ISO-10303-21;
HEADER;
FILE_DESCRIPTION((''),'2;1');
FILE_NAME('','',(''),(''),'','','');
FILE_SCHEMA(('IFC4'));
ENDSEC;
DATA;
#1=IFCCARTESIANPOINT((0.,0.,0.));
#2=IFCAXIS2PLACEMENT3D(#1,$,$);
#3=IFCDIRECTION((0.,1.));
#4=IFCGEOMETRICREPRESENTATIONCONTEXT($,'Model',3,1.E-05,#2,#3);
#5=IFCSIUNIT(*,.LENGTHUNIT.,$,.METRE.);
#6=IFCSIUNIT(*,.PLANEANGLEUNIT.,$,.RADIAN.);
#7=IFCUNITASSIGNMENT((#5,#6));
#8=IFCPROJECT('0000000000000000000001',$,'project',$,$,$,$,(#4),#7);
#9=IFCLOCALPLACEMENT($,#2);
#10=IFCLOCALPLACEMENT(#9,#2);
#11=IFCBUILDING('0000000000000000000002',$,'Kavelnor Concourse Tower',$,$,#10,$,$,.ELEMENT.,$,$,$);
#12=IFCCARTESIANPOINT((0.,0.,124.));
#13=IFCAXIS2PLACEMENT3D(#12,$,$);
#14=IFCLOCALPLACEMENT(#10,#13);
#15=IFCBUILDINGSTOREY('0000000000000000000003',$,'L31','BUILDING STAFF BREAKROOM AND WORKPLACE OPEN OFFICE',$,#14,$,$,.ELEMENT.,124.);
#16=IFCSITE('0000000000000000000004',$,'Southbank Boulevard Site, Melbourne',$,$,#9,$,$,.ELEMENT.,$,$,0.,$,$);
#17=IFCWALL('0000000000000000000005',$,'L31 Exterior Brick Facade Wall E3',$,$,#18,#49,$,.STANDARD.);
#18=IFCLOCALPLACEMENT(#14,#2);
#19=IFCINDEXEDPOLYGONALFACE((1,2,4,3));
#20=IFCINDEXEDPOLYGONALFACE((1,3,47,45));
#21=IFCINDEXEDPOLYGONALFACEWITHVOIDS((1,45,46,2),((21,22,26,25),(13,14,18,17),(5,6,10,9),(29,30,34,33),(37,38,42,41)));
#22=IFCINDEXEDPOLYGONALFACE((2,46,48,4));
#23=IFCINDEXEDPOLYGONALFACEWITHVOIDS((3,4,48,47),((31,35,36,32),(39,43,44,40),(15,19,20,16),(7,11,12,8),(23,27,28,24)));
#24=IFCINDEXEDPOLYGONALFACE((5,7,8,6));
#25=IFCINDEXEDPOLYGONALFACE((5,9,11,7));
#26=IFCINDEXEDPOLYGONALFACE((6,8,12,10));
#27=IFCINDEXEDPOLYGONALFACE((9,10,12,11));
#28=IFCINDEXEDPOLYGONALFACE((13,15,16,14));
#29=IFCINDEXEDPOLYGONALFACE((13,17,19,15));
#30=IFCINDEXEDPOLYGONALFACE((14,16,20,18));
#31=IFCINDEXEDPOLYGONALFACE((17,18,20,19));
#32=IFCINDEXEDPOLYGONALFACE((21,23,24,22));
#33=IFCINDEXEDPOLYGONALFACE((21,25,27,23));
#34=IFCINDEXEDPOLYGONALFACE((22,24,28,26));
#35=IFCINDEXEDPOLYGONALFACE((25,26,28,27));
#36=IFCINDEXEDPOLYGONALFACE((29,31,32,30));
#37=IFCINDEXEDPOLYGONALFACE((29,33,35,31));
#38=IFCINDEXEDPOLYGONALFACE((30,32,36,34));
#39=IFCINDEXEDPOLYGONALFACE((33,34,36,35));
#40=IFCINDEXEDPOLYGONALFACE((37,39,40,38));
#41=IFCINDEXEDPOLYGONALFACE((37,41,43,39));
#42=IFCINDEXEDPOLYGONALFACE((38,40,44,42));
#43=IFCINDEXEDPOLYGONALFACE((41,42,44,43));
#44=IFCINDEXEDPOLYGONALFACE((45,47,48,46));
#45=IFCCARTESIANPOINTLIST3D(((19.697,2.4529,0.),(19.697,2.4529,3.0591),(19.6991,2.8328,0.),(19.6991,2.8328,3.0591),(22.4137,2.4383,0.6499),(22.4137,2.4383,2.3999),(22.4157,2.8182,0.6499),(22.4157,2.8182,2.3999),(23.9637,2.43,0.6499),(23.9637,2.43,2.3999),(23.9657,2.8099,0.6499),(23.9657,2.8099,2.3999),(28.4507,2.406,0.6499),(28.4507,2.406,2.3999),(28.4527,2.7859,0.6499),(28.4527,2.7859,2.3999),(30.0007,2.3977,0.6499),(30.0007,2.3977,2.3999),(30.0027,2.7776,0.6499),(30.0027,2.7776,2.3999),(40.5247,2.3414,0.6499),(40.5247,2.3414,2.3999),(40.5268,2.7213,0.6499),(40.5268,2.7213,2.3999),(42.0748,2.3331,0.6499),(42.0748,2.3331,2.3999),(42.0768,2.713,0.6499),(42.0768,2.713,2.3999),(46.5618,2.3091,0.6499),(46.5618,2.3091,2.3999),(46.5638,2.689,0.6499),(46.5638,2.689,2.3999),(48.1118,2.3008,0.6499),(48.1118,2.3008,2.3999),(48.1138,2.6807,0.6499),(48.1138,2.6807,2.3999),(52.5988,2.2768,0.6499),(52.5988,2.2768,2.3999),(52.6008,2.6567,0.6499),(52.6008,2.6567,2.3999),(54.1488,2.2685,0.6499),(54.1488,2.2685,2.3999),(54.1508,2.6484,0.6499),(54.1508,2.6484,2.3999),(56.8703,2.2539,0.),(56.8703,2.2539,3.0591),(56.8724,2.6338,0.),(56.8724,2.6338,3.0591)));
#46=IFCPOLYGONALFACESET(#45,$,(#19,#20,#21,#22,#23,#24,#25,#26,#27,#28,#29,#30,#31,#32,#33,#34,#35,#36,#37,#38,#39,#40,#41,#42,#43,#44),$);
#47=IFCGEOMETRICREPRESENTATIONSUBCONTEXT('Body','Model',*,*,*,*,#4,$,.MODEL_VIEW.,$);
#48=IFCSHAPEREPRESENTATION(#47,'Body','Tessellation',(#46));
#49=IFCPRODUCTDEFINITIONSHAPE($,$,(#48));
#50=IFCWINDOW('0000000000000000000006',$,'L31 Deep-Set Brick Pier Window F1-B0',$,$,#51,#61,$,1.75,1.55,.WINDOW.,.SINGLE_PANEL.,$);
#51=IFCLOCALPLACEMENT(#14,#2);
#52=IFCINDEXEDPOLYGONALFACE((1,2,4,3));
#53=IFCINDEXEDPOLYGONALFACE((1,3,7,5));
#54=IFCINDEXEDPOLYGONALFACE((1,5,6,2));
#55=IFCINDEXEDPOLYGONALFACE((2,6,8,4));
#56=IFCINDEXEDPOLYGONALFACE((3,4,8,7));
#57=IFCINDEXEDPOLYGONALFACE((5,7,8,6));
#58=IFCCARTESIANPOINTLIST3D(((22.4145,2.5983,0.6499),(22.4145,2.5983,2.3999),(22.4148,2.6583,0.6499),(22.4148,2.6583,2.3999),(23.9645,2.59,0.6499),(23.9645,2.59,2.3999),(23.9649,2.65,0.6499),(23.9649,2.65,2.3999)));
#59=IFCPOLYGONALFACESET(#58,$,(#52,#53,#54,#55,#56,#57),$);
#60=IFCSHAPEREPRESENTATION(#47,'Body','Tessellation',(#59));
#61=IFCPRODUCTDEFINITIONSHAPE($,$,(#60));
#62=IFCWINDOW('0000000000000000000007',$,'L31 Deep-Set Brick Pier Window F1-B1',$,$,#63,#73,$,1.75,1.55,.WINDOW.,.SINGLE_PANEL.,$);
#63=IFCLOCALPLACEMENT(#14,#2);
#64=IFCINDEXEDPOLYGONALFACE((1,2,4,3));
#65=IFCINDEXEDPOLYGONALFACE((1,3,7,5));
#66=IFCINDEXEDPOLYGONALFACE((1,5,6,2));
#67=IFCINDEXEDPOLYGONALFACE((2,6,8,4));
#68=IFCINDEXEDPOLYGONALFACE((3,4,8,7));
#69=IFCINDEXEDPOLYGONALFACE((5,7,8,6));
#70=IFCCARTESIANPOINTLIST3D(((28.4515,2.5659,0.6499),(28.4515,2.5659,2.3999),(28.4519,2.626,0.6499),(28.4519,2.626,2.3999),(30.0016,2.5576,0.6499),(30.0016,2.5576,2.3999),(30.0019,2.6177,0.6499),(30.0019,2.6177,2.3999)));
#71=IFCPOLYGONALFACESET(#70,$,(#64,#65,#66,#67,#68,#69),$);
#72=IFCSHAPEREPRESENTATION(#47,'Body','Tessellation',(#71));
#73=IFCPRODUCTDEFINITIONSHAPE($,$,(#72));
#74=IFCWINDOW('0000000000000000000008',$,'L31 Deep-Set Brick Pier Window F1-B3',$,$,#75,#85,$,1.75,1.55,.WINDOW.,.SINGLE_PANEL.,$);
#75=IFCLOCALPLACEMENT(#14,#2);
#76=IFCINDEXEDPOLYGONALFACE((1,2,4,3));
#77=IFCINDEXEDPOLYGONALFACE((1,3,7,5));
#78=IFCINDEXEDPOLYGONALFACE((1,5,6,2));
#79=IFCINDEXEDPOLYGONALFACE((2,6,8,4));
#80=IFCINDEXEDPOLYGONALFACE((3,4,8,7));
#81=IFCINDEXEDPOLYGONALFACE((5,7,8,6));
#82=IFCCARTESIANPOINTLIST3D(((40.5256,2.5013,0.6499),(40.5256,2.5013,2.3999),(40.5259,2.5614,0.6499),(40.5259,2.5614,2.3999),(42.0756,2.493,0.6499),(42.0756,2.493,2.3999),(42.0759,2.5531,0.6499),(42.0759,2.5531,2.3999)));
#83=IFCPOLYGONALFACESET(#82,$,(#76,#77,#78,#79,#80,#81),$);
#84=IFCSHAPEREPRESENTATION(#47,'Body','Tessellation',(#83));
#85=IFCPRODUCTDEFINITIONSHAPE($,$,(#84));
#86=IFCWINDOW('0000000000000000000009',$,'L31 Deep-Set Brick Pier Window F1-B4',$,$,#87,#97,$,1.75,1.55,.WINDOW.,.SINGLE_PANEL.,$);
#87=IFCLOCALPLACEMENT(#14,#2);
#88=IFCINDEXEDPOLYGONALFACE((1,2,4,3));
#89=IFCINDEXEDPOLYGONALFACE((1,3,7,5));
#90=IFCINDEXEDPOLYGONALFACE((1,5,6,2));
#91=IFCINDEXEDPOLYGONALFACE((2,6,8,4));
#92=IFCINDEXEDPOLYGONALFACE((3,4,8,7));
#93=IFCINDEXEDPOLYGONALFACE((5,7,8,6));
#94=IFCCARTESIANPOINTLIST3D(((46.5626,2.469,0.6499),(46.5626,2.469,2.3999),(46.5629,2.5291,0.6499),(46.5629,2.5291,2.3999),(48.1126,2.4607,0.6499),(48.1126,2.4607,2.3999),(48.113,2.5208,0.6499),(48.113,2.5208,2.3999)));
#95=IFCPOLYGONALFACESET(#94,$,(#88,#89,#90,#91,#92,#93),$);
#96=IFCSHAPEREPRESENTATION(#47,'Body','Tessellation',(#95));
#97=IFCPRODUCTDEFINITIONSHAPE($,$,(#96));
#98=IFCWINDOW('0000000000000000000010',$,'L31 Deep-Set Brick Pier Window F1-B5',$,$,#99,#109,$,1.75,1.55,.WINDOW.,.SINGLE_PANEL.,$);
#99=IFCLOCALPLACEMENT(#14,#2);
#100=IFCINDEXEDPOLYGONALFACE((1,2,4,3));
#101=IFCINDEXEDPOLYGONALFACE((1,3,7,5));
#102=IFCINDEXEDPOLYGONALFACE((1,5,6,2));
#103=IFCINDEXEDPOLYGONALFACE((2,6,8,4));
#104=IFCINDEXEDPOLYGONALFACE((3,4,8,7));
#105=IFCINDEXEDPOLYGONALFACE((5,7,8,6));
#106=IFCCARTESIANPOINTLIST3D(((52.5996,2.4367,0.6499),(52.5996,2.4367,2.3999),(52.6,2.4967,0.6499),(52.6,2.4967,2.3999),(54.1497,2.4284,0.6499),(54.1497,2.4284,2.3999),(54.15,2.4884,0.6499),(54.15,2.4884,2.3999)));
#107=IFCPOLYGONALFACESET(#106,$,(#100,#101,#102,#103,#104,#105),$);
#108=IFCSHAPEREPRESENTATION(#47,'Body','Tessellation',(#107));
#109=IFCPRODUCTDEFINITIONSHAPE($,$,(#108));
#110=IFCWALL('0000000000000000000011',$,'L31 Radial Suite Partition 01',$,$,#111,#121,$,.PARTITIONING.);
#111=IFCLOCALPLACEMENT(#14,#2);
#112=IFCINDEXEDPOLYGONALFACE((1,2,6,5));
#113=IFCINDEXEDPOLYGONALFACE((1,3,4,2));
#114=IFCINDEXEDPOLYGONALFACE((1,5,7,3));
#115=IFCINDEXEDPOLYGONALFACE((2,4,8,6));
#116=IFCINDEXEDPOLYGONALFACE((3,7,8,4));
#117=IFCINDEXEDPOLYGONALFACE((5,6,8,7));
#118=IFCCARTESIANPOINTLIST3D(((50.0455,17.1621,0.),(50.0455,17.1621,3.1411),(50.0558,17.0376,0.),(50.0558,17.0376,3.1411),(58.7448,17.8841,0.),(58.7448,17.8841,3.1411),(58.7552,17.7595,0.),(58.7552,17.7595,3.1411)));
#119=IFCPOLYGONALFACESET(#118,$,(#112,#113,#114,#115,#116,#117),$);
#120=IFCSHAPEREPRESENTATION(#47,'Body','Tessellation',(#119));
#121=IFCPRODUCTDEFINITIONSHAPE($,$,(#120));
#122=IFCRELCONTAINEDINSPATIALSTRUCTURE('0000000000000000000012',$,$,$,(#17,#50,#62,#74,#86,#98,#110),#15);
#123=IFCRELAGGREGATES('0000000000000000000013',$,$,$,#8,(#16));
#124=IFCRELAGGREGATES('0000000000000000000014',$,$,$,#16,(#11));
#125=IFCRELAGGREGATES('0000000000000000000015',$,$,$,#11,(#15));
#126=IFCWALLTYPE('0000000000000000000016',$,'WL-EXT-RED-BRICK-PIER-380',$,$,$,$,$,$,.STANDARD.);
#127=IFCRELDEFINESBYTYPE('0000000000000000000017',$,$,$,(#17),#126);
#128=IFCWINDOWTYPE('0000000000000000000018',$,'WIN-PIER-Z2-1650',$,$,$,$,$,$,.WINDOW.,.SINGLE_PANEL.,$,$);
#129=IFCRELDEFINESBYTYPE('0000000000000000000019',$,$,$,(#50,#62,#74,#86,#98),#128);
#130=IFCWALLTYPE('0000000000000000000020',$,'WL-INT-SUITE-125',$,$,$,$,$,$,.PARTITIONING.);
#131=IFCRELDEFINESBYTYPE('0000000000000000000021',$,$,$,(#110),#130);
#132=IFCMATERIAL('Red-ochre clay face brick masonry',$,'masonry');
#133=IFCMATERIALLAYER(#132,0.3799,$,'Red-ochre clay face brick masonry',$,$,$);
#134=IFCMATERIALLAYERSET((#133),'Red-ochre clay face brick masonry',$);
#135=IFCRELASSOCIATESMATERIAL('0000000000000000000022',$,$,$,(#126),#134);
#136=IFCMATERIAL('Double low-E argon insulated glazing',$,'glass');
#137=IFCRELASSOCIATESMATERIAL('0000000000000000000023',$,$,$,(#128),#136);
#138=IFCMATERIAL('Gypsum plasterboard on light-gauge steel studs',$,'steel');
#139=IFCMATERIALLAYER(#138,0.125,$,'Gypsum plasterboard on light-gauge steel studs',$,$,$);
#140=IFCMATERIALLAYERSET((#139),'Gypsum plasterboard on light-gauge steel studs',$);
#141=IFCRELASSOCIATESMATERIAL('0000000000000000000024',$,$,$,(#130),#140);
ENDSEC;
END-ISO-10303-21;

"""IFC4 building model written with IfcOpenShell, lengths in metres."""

from ifc_helpers import new_model, si_unit, direction, frame, frame_2d, origin, place, context, subcontext, project, spatial, rectangle, extrude, material, layer, layer_set, type_object, element, fill, save


model = new_model("IFC4")

# Units and contexts
model_context = context("Model", 3, precision=1e-05, world=origin(), true_north=direction((0.0, 1.0)))
body_context = subcontext(model_context, "Body", "Model", "MODEL_VIEW")
ifc_project = project(units=[si_unit("LENGTHUNIT", "METRE"), si_unit("PLANEANGLEUNIT", "RADIAN")], contexts=[model_context])

# Site, building, storey
site_placement = place(None, origin())
site = spatial("IfcSite", under=ifc_project, at=site_placement, Name="Southbank Boulevard Site, Melbourne", CompositionType="ELEMENT", RefElevation=0.0)
building_placement = place(site_placement, origin())
building = spatial("IfcBuilding", under=site, at=building_placement, Name="Kavelnor Concourse Tower", CompositionType="ELEMENT")
storey_placement = place(building_placement, frame((0.0, 0.0, 124.0)))
storey = spatial("IfcBuildingStorey", under=building, at=storey_placement, Name="L31", Description="BUILDING STAFF BREAKROOM AND WORKPLACE OPEN OFFICE", CompositionType="ELEMENT", Elevation=124.0)

# Shared definitions
ifc_material_1 = material(Name="Double low-E argon insulated glazing", Category="glass")

# Wall, openings, windows
ifc_material_2 = material(Name="Red-ochre clay face brick masonry", Category="masonry")
ifc_layer_1 = layer(ifc_material_2, 0.3799, Name="Red-ochre clay face brick masonry")
ifc_layer_set_1 = layer_set([ifc_layer_1], Name="Red-ochre clay face brick masonry")
wall_type_1 = type_object("IfcWallType", Name="WL-EXT-RED-BRICK-PIER-380", PredefinedType="STANDARD", material=ifc_layer_set_1)
wall_1_placement = place(storey_placement, frame((56.8713, 2.4438, 0.0), z_axis=(0.0, 0.0, 1.0), x_axis=(-0.999986, 0.005353, 0.0)))
wall_1 = element("IfcWall", 1, at=wall_1_placement, inside=storey, type_object=wall_type_1, Name="L31 Exterior Brick Facade Wall E3", PredefinedType="STANDARD", context=body_context, shape_type="SweptSolid", body=[
    extrude(rectangle(XDim=37.1738, YDim=0.3799, at=frame_2d((18.5869, 0.0))), origin(), (0.0, 0.0, 1.0), 3.0591),
])
opening_1_placement = place(wall_1_placement, frame((32.9072, 0.0, 0.6499)))
opening_1 = element("IfcOpeningElement", 2, at=opening_1_placement, cuts=wall_1, PredefinedType="OPENING", context=body_context, shape_type="SweptSolid", body=[
    extrude(rectangle(XDim=1.55, YDim=1.75, at=frame_2d((0.7749, 0.875))), frame((0.0, 0.2, 0.0), z_axis=(0.0, -1.0, 0.0), x_axis=(1.0, 0.0, 0.0)), (0.0, 0.0, 1.0), 0.3999),
])
opening_2_placement = place(wall_1_placement, frame((26.8701, 0.0, 0.6499)))
opening_2 = element("IfcOpeningElement", 3, at=opening_2_placement, cuts=wall_1, PredefinedType="OPENING", context=body_context, shape_type="SweptSolid", body=[
    extrude(rectangle(XDim=1.55, YDim=1.75, at=frame_2d((0.7749, 0.875))), frame((0.0, 0.2, 0.0), z_axis=(0.0, -1.0, 0.0), x_axis=(1.0, 0.0, 0.0)), (0.0, 0.0, 1.0), 0.3999),
])
opening_3_placement = place(wall_1_placement, frame((14.7959, 0.0, 0.6499)))
opening_3 = element("IfcOpeningElement", 4, at=opening_3_placement, cuts=wall_1, PredefinedType="OPENING", context=body_context, shape_type="SweptSolid", body=[
    extrude(rectangle(XDim=1.55, YDim=1.75, at=frame_2d((0.7749, 0.875))), frame((0.0, 0.2, 0.0), z_axis=(0.0, -1.0, 0.0), x_axis=(1.0, 0.0, 0.0)), (0.0, 0.0, 1.0), 0.3999),
])
opening_4_placement = place(wall_1_placement, frame((8.7588, 0.0, 0.6499)))
opening_4 = element("IfcOpeningElement", 5, at=opening_4_placement, cuts=wall_1, PredefinedType="OPENING", context=body_context, shape_type="SweptSolid", body=[
    extrude(rectangle(XDim=1.55, YDim=1.75, at=frame_2d((0.7749, 0.875))), frame((0.0, 0.2, 0.0), z_axis=(0.0, -1.0, 0.0), x_axis=(1.0, 0.0, 0.0)), (0.0, 0.0, 1.0), 0.3999),
])
opening_5_placement = place(wall_1_placement, frame((2.7217, 0.0, 0.6499)))
opening_5 = element("IfcOpeningElement", 6, at=opening_5_placement, cuts=wall_1, PredefinedType="OPENING", context=body_context, shape_type="SweptSolid", body=[
    extrude(rectangle(XDim=1.55, YDim=1.75, at=frame_2d((0.7749, 0.875))), frame((0.0, 0.2, 0.0), z_axis=(0.0, -1.0, 0.0), x_axis=(1.0, 0.0, 0.0)), (0.0, 0.0, 1.0), 0.3999),
])
window_type_1 = type_object("IfcWindowType", Name="WIN-PIER-Z2-1650", PartitioningType="SINGLE_PANEL", PredefinedType="WINDOW", material=ifc_material_1)
window_1_placement = place(opening_1_placement, origin())
window_1 = element("IfcWindow", 7, at=window_1_placement, inside=storey, type_object=window_type_1, Name="L31 Deep-Set Brick Pier Window F1-B0", OverallHeight=1.75, OverallWidth=1.55, PartitioningType="SINGLE_PANEL", PredefinedType="WINDOW", context=body_context, shape_type="SweptSolid", body=[
    extrude(rectangle(XDim=1.55, YDim=1.75, at=frame_2d((0.7749, 0.875))), frame((0.0, 0.03, 0.0), z_axis=(0.0, -1.0, 0.0), x_axis=(1.0, 0.0, 0.0)), (0.0, 0.0, 1.0), 0.0601),
])
fill(opening_1, window_1)
window_2_placement = place(opening_2_placement, origin())
window_2 = element("IfcWindow", 8, at=window_2_placement, inside=storey, type_object=window_type_1, Name="L31 Deep-Set Brick Pier Window F1-B1", OverallHeight=1.75, OverallWidth=1.55, PartitioningType="SINGLE_PANEL", PredefinedType="WINDOW", context=body_context, shape_type="SweptSolid", body=[
    extrude(rectangle(XDim=1.55, YDim=1.75, at=frame_2d((0.7749, 0.875))), frame((0.0, 0.03, 0.0), z_axis=(0.0, -1.0, 0.0), x_axis=(1.0, 0.0, 0.0)), (0.0, 0.0, 1.0), 0.0601),
])
fill(opening_2, window_2)
window_3_placement = place(opening_3_placement, origin())
window_3 = element("IfcWindow", 9, at=window_3_placement, inside=storey, type_object=window_type_1, Name="L31 Deep-Set Brick Pier Window F1-B3", OverallHeight=1.75, OverallWidth=1.55, PartitioningType="SINGLE_PANEL", PredefinedType="WINDOW", context=body_context, shape_type="SweptSolid", body=[
    extrude(rectangle(XDim=1.55, YDim=1.75, at=frame_2d((0.7749, 0.875))), frame((0.0, 0.03, 0.0), z_axis=(0.0, -1.0, 0.0), x_axis=(1.0, 0.0, 0.0)), (0.0, 0.0, 1.0), 0.0601),
])
fill(opening_3, window_3)
window_4_placement = place(opening_4_placement, origin())
window_4 = element("IfcWindow", 10, at=window_4_placement, inside=storey, type_object=window_type_1, Name="L31 Deep-Set Brick Pier Window F1-B4", OverallHeight=1.75, OverallWidth=1.55, PartitioningType="SINGLE_PANEL", PredefinedType="WINDOW", context=body_context, shape_type="SweptSolid", body=[
    extrude(rectangle(XDim=1.55, YDim=1.75, at=frame_2d((0.7749, 0.875))), frame((0.0, 0.03, 0.0), z_axis=(0.0, -1.0, 0.0), x_axis=(1.0, 0.0, 0.0)), (0.0, 0.0, 1.0), 0.0601),
])
fill(opening_4, window_4)
window_5_placement = place(opening_5_placement, origin())
window_5 = element("IfcWindow", 11, at=window_5_placement, inside=storey, type_object=window_type_1, Name="L31 Deep-Set Brick Pier Window F1-B5", OverallHeight=1.75, OverallWidth=1.55, PartitioningType="SINGLE_PANEL", PredefinedType="WINDOW", context=body_context, shape_type="SweptSolid", body=[
    extrude(rectangle(XDim=1.55, YDim=1.75, at=frame_2d((0.7749, 0.875))), frame((0.0, 0.03, 0.0), z_axis=(0.0, -1.0, 0.0), x_axis=(1.0, 0.0, 0.0)), (0.0, 0.0, 1.0), 0.0601),
])
fill(opening_5, window_5)

# Wall
ifc_material_3 = material(Name="Gypsum plasterboard on light-gauge steel studs", Category="steel")
ifc_layer_2 = layer(ifc_material_3, 0.125, Name="Gypsum plasterboard on light-gauge steel studs")
ifc_layer_set_2 = layer_set([ifc_layer_2], Name="Gypsum plasterboard on light-gauge steel studs")
wall_type_2 = type_object("IfcWallType", Name="WL-INT-SUITE-125", PredefinedType="PARTITIONING", material=ifc_layer_set_2)
wall_2_placement = place(storey_placement, frame((50.0505, 17.0999, 0.0), z_axis=(0.0, 0.0, 1.0), x_axis=(0.996574, 0.082701, 0.0)))
element("IfcWall", 12, at=wall_2_placement, inside=storey, type_object=wall_type_2, Name="L31 Radial Suite Partition 01", PredefinedType="PARTITIONING", context=body_context, shape_type="SweptSolid", body=[
    extrude(rectangle(XDim=8.7292, YDim=0.125, at=frame_2d((4.3647, 0.0))), origin(), (0.0, 0.0, 1.0), 3.1411),
])

save(model, "model.ifc")
